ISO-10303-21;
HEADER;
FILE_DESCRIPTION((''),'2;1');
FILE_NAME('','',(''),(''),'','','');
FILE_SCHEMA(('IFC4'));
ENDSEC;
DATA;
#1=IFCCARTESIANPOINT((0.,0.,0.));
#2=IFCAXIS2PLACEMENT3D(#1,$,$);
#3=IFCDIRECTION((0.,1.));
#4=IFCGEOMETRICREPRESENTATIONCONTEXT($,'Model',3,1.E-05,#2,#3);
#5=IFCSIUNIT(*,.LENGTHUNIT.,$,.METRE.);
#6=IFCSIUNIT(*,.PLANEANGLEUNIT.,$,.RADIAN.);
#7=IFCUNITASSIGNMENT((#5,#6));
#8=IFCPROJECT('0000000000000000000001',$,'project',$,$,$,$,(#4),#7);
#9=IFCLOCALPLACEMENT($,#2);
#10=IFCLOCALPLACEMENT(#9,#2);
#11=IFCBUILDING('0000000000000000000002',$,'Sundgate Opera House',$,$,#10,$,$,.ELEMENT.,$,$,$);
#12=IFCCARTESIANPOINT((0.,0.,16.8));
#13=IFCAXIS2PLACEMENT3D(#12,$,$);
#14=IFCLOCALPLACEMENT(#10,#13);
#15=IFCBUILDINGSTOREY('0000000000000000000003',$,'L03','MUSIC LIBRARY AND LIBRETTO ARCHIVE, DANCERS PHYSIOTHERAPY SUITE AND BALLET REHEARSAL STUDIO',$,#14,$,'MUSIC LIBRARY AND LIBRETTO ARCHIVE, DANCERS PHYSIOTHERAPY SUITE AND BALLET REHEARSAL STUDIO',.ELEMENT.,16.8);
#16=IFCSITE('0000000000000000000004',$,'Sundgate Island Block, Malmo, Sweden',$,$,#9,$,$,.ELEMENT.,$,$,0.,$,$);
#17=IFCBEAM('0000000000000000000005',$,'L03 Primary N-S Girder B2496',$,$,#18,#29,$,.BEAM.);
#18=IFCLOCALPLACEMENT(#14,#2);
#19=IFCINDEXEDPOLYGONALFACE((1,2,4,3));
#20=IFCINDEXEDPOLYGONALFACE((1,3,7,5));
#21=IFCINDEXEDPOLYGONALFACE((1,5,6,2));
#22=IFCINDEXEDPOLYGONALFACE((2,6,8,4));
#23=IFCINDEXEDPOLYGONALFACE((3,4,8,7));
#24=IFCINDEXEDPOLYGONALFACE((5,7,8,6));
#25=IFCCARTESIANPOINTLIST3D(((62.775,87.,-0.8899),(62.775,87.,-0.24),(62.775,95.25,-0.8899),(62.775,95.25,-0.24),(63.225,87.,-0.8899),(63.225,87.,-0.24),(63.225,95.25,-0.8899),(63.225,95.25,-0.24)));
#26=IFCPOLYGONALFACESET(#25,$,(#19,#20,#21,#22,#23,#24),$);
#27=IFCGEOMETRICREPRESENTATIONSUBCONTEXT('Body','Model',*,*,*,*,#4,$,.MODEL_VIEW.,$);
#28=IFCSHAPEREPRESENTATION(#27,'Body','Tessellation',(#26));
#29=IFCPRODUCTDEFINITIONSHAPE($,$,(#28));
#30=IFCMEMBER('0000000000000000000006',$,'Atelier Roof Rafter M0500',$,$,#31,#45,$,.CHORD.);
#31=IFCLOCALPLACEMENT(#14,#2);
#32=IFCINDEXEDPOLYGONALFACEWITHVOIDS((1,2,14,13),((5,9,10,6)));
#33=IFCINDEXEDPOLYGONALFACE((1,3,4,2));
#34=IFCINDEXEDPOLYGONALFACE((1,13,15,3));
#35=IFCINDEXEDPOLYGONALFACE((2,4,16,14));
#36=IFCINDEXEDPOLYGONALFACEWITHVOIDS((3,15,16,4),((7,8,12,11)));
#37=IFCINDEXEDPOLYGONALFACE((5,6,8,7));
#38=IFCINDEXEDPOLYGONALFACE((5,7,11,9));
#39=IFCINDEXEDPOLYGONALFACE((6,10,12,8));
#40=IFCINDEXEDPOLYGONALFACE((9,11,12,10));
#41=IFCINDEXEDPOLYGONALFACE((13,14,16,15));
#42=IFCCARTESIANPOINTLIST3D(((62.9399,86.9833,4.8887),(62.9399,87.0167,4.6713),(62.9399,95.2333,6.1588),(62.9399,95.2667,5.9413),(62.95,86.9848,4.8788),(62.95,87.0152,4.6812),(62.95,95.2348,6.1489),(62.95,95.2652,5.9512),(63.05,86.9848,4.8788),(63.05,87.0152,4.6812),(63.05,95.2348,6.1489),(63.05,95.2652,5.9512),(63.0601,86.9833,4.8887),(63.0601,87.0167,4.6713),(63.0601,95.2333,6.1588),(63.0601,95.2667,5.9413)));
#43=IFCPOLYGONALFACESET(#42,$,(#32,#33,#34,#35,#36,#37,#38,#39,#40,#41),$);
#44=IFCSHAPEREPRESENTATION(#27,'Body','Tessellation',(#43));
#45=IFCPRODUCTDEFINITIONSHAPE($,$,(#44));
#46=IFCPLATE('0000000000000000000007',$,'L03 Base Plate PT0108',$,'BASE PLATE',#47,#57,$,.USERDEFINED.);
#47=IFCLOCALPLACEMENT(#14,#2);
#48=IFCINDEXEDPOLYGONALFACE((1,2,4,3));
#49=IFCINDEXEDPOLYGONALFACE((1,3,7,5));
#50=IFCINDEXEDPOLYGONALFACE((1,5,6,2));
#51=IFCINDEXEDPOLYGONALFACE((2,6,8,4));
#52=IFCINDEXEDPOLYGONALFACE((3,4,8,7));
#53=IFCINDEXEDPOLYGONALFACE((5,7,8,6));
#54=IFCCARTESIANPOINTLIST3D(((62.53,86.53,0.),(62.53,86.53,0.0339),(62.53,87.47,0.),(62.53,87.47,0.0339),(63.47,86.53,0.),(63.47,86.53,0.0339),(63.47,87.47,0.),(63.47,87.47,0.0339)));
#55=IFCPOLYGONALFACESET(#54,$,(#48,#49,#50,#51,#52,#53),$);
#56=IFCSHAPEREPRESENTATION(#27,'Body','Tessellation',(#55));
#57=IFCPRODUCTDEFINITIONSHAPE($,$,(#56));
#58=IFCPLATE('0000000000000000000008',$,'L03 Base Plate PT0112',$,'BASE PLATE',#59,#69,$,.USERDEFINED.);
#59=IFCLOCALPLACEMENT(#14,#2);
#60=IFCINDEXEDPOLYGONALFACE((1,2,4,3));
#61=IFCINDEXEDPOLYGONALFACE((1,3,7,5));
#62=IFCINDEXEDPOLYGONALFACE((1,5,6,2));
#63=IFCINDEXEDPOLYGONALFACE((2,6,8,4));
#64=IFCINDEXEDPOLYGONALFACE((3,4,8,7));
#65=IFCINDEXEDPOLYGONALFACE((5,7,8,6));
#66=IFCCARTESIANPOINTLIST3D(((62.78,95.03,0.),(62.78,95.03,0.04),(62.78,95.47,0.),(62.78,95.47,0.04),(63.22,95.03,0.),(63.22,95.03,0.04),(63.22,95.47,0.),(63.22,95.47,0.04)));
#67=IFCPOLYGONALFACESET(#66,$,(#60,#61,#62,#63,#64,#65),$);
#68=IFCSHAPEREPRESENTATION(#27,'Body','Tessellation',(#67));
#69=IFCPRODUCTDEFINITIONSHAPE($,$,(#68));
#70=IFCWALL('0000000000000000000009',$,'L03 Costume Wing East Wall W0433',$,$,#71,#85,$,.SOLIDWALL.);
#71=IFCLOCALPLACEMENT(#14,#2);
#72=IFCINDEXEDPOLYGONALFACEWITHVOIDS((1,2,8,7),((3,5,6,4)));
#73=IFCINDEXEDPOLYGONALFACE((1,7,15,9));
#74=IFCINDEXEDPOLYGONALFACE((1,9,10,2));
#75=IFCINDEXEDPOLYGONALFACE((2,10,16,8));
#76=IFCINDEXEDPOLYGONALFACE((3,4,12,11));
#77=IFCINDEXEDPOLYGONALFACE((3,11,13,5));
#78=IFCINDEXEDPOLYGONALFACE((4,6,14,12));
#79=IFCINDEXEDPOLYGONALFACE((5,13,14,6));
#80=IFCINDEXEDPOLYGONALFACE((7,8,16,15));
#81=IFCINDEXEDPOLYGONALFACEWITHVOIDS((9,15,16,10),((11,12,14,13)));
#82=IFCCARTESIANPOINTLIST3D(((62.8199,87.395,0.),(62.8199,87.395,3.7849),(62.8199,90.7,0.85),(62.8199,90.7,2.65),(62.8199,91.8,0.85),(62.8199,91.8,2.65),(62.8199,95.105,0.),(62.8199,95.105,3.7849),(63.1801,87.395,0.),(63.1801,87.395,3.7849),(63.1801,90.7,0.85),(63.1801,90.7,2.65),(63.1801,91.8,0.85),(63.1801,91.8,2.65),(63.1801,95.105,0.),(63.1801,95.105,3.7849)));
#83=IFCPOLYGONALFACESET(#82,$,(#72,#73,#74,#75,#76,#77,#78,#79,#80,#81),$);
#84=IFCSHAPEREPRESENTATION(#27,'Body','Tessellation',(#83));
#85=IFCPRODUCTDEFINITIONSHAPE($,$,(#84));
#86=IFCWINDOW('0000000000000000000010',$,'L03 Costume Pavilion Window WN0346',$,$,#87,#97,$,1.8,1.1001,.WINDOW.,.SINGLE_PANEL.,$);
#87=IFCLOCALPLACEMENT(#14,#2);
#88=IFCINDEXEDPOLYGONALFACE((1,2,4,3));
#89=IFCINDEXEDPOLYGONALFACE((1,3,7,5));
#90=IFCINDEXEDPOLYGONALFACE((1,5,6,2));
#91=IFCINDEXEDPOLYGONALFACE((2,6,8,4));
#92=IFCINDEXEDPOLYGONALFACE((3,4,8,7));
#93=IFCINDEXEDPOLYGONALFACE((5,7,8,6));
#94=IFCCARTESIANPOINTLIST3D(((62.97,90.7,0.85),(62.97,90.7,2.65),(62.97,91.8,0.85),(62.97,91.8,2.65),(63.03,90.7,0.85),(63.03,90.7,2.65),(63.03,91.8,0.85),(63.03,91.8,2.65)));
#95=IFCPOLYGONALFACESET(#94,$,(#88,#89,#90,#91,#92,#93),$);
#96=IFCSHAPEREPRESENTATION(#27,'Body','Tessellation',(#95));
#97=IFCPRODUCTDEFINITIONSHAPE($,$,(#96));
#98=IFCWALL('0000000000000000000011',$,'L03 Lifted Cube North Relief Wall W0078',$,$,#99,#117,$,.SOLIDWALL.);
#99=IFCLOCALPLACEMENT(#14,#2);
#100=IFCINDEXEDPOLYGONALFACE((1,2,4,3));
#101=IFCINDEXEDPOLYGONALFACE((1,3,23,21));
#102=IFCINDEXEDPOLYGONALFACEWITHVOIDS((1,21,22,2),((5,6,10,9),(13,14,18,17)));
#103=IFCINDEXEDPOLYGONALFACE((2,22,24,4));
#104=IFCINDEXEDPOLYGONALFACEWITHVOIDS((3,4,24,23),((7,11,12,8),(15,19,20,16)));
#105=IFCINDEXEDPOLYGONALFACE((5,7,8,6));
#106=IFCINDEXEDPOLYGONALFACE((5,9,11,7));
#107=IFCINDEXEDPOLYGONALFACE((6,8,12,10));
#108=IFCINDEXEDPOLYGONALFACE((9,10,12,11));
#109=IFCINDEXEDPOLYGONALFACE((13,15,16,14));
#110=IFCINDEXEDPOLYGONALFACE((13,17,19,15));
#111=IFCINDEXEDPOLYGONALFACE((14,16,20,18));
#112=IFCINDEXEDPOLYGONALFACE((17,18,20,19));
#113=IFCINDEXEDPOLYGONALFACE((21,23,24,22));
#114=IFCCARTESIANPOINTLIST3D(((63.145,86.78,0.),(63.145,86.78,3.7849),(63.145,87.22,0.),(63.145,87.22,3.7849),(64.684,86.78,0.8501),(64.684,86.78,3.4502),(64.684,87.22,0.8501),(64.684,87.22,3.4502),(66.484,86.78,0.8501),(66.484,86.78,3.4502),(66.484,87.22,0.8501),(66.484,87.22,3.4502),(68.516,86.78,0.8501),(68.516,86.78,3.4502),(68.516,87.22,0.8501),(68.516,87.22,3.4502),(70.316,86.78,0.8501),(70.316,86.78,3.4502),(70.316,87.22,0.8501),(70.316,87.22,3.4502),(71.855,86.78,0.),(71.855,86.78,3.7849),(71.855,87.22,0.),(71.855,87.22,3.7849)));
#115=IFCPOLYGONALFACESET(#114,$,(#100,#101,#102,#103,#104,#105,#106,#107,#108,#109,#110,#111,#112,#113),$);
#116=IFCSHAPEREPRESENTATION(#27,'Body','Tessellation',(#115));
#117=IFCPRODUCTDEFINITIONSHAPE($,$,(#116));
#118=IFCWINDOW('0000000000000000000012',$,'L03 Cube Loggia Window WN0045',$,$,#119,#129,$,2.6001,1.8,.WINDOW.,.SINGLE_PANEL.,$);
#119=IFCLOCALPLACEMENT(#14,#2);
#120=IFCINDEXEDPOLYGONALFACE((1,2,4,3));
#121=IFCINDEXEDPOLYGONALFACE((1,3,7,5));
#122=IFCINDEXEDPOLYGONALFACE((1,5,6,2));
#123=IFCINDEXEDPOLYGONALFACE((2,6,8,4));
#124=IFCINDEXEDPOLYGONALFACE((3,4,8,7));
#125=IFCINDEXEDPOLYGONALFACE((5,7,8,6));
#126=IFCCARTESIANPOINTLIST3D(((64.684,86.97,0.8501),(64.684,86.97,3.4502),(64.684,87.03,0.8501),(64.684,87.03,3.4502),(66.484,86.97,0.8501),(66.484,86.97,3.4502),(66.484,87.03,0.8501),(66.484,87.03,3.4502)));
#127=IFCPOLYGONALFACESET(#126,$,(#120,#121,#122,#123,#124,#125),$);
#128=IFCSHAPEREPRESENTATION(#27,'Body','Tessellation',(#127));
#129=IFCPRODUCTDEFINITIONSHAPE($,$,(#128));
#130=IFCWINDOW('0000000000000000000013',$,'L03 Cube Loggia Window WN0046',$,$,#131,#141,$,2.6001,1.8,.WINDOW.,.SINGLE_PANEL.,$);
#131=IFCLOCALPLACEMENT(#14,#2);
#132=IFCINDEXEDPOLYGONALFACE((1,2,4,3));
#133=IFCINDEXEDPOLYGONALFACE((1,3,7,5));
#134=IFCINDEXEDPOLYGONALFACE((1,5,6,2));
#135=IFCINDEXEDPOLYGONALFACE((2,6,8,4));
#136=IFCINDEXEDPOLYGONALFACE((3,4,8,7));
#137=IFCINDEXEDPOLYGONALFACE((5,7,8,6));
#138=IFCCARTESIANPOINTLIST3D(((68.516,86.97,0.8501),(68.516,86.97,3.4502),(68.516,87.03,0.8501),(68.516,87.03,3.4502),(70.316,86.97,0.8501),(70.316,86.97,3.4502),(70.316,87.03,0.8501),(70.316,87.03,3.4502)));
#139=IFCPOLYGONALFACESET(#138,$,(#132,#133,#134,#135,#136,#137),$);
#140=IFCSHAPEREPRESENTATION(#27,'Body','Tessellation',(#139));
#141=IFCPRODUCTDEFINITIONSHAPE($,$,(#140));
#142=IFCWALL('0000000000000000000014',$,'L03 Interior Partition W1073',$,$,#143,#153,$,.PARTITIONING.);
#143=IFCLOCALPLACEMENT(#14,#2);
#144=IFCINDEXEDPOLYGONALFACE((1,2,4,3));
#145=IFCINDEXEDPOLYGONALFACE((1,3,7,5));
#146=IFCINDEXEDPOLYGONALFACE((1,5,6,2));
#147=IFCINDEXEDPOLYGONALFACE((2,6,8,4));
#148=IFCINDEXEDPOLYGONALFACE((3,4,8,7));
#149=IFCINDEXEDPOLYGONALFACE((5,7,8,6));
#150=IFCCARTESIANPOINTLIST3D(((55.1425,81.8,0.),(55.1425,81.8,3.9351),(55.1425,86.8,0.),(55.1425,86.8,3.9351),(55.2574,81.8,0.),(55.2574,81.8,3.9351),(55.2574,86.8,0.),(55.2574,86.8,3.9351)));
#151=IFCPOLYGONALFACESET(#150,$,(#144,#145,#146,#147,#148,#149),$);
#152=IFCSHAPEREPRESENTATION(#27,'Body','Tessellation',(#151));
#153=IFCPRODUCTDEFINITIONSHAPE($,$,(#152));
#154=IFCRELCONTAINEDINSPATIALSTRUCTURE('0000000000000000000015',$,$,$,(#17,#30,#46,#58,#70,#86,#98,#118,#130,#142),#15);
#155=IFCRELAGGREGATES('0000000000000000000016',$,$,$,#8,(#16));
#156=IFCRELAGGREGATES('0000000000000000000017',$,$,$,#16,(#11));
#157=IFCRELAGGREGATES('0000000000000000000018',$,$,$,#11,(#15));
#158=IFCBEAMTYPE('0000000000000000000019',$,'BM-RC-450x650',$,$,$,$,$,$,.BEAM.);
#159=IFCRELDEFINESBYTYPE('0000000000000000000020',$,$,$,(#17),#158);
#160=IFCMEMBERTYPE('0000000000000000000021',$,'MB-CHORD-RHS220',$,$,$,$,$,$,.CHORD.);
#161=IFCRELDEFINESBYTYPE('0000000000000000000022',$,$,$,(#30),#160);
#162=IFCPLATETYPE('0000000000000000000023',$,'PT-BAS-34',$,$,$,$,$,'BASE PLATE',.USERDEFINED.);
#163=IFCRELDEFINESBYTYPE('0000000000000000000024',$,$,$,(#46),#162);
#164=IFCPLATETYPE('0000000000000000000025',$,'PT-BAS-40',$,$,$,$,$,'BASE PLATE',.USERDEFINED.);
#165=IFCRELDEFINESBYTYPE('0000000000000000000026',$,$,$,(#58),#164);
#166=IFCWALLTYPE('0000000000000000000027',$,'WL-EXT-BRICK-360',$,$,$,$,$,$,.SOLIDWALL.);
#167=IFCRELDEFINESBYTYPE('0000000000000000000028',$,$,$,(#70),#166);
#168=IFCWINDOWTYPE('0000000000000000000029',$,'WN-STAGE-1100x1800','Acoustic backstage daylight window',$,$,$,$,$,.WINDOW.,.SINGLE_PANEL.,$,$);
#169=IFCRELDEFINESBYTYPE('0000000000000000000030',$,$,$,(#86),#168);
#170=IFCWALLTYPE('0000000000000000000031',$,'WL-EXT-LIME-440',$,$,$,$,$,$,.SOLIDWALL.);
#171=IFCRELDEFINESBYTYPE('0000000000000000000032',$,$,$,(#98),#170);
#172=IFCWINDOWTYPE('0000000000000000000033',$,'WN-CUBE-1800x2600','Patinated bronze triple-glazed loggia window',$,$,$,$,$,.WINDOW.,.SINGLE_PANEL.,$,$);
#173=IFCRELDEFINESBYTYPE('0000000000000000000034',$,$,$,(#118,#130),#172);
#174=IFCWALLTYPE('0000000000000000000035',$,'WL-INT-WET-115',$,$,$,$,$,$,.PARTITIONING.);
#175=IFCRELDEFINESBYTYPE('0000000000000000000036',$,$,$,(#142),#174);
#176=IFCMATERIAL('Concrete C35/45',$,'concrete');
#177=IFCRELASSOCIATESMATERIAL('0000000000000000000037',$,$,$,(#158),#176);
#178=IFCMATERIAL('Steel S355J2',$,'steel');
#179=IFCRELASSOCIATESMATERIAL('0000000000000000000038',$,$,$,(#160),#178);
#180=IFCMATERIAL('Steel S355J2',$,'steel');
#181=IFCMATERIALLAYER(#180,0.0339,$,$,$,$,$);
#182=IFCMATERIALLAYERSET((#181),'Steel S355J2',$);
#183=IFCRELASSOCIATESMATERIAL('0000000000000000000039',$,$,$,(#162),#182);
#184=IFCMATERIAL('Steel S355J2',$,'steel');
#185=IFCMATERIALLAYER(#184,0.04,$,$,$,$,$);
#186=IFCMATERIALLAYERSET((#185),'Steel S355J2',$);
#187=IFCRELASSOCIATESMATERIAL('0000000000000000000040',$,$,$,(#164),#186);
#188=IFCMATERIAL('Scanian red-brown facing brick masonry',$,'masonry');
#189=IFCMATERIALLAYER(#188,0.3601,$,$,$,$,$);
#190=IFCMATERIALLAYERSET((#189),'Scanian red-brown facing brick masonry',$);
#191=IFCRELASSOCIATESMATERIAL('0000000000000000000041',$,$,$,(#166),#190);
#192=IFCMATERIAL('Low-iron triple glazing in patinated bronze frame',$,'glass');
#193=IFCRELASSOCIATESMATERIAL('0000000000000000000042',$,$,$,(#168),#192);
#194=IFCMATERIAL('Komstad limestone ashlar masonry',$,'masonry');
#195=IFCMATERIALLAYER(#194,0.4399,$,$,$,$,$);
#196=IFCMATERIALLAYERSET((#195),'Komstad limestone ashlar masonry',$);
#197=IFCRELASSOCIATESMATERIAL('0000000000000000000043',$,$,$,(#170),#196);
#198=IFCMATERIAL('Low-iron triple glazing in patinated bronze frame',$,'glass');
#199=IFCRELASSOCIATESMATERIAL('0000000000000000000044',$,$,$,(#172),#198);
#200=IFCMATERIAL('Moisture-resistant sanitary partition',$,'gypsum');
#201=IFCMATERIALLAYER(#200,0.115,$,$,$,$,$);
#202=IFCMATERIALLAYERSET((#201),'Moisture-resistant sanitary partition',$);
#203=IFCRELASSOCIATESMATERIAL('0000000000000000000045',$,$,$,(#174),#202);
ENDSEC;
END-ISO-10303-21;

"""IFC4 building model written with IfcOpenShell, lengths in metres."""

from ifc_helpers import new_model, si_unit, direction, frame, frame_2d, origin, origin_2d, place, context, subcontext, project, spatial, rectangle, hollow_rectangle, extrude, material, layer, layer_set, material_profile, profile_set, type_object, element, fill, save


model = new_model("IFC4")

# Units and contexts
model_context = context("Model", 3, precision=1e-05, world=origin(), true_north=direction((0.0, 1.0)))
body_context = subcontext(model_context, "Body", "Model", "MODEL_VIEW")
ifc_project = project(units=[si_unit("LENGTHUNIT", "METRE"), si_unit("PLANEANGLEUNIT", "RADIAN")], contexts=[model_context])

# Site, building, storey
site_placement = place(None, origin())
site = spatial("IfcSite", under=ifc_project, at=site_placement, Name="Sundgate Island Block, Malmo, Sweden", CompositionType="ELEMENT", RefElevation=0.0)
building_placement = place(site_placement, origin())
building = spatial("IfcBuilding", under=site, at=building_placement, Name="Sundgate Opera House", CompositionType="ELEMENT")
storey_placement = place(building_placement, frame((0.0, 0.0, 16.8)))
storey = spatial("IfcBuildingStorey", under=building, at=storey_placement, Name="L03", Description="MUSIC LIBRARY AND LIBRETTO ARCHIVE, DANCERS PHYSIOTHERAPY SUITE AND BALLET REHEARSAL STUDIO", LongName="MUSIC LIBRARY AND LIBRETTO ARCHIVE, DANCERS PHYSIOTHERAPY SUITE AND BALLET REHEARSAL STUDIO", CompositionType="ELEMENT", Elevation=16.8)

# Beam
ifc_material_1 = material(Name="Concrete C35/45", Category="concrete")
ifc_material_profile_1 = material_profile(ifc_material_1, rectangle(XDim=0.45, YDim=0.6499, at=origin_2d()), Name="RC 450x650")
ifc_profile_set_1 = profile_set([ifc_material_profile_1], Name="Concrete C35/45")
beam_type_1 = type_object("IfcBeamType", Name="BM-RC-450x650", PredefinedType="BEAM", material=ifc_profile_set_1)
beam_1_placement = place(storey_placement, frame((63.0, 87.0, -0.5649), z_axis=(0.0, 1.0, 0.0), x_axis=(-1.0, 0.0, 0.0)))
element("IfcBeam", 1, at=beam_1_placement, inside=storey, type_object=beam_type_1, Name="L03 Primary N-S Girder B2496", PredefinedType="BEAM", context=body_context, shape_type="SweptSolid", body=[
    extrude(rectangle(XDim=0.45, YDim=0.6499, at=origin_2d()), origin(), (0.0, 0.0, 1.0), 8.25),
])

# Member
ifc_material_2 = material(Name="Steel S355J2", Category="steel")
ifc_material_profile_2 = material_profile(ifc_material_2, hollow_rectangle(XDim=0.1201, YDim=0.22, WallThickness=0.01, at=origin_2d()), Name="RHS 220x120x10.0")
ifc_profile_set_2 = profile_set([ifc_material_profile_2], Name="Steel S355J2")
member_type = type_object("IfcMemberType", Name="MB-CHORD-RHS220", PredefinedType="CHORD", material=ifc_profile_set_2)
member_placement = place(storey_placement, frame((63.0, 87.0, 4.78), z_axis=(0.0, 0.988357, 0.152149), x_axis=(-1.0, 0.0, 0.0)))
element("IfcMember", 2, at=member_placement, inside=storey, type_object=member_type, Name="Atelier Roof Rafter M0500", PredefinedType="CHORD", context=body_context, shape_type="SweptSolid", body=[
    extrude(hollow_rectangle(XDim=0.1201, YDim=0.22, WallThickness=0.01, at=origin_2d()), origin(), (0.0, 0.0, 1.0), 8.3472),
])

# Plates
ifc_material_3 = material(Name="Steel S355J2", Category="steel")
ifc_layer_1 = layer(ifc_material_3, 0.0339)
ifc_layer_set_1 = layer_set([ifc_layer_1], Name="Steel S355J2")
plate_type_1 = type_object("IfcPlateType", Name="PT-BAS-34", ElementType="BASE PLATE", PredefinedType="USERDEFINED", material=ifc_layer_set_1)
plate_1_placement = place(storey_placement, frame((63.0, 87.0, 0.0), z_axis=(0.0, 0.0, 1.0), x_axis=(1.0, 0.0, 0.0)))
element("IfcPlate", 3, at=plate_1_placement, inside=storey, type_object=plate_type_1, Name="L03 Base Plate PT0108", ObjectType="BASE PLATE", PredefinedType="USERDEFINED", context=body_context, shape_type="SweptSolid", body=[
    extrude(rectangle(XDim=0.9399, YDim=0.9399, at=origin_2d()), origin(), (0.0, 0.0, 1.0), 0.0339),
])
ifc_material_4 = material(Name="Steel S355J2", Category="steel")
ifc_layer_2 = layer(ifc_material_4, 0.04)
ifc_layer_set_2 = layer_set([ifc_layer_2], Name="Steel S355J2")
plate_type_2 = type_object("IfcPlateType", Name="PT-BAS-40", ElementType="BASE PLATE", PredefinedType="USERDEFINED", material=ifc_layer_set_2)
plate_2_placement = place(storey_placement, frame((63.0, 95.25, 0.0), z_axis=(0.0, 0.0, 1.0), x_axis=(1.0, 0.0, 0.0)))
element("IfcPlate", 4, at=plate_2_placement, inside=storey, type_object=plate_type_2, Name="L03 Base Plate PT0112", ObjectType="BASE PLATE", PredefinedType="USERDEFINED", context=body_context, shape_type="SweptSolid", body=[
    extrude(rectangle(XDim=0.4399, YDim=0.4399, at=origin_2d()), origin(), (0.0, 0.0, 1.0), 0.04),
])

# Wall, opening, window
ifc_material_5 = material(Name="Scanian red-brown facing brick masonry", Category="masonry")
ifc_layer_3 = layer(ifc_material_5, 0.3601)
ifc_layer_set_3 = layer_set([ifc_layer_3], Name="Scanian red-brown facing brick masonry")
wall_type_1 = type_object("IfcWallType", Name="WL-EXT-BRICK-360", PredefinedType="SOLIDWALL", material=ifc_layer_set_3)
wall_1_placement = place(storey_placement, frame((63.0, 87.395, 0.0), z_axis=(0.0, 0.0, 1.0), x_axis=(0.0, 1.0, 0.0)))
wall_1 = element("IfcWall", 5, at=wall_1_placement, inside=storey, type_object=wall_type_1, Name="L03 Costume Wing East Wall W0433", PredefinedType="SOLIDWALL", context=body_context, shape_type="SweptSolid", body=[
    extrude(rectangle(XDim=7.71, YDim=0.3601, at=frame_2d((3.855, 0.0))), origin(), (0.0, 0.0, 1.0), 3.7849),
])
opening_1_placement = place(wall_1_placement, frame((3.3049, 0.0, 0.8501)))
opening_1 = element("IfcOpeningElement", 6, at=opening_1_placement, cuts=wall_1, PredefinedType="OPENING", context=body_context, shape_type="SweptSolid", body=[
    extrude(rectangle(XDim=1.1001, YDim=1.8, at=frame_2d((0.55, 0.8999))), frame((0.0, 0.1899, 0.0), z_axis=(0.0, -1.0, 0.0), x_axis=(1.0, 0.0, 0.0)), (0.0, 0.0, 1.0), 0.3801),
])
ifc_material_6 = material(Name="Low-iron triple glazing in patinated bronze frame", Category="glass")
window_type_1 = type_object("IfcWindowType", Name="WN-STAGE-1100x1800", Description="Acoustic backstage daylight window", PartitioningType="SINGLE_PANEL", PredefinedType="WINDOW", material=ifc_material_6)
window_1_placement = place(opening_1_placement, origin())
window_1 = element("IfcWindow", 7, at=window_1_placement, inside=storey, type_object=window_type_1, Name="L03 Costume Pavilion Window WN0346", OverallHeight=1.8, OverallWidth=1.1001, PartitioningType="SINGLE_PANEL", PredefinedType="WINDOW", context=body_context, shape_type="SweptSolid", body=[
    extrude(rectangle(XDim=1.1001, YDim=1.8, at=frame_2d((0.55, 0.8999))), frame((0.0, 0.03, 0.0), z_axis=(0.0, -1.0, 0.0), x_axis=(1.0, 0.0, 0.0)), (0.0, 0.0, 1.0), 0.0601),
])
fill(opening_1, window_1)

# Wall, openings, windows
ifc_material_7 = material(Name="Komstad limestone ashlar masonry", Category="masonry")
ifc_layer_4 = layer(ifc_material_7, 0.4399)
ifc_layer_set_4 = layer_set([ifc_layer_4], Name="Komstad limestone ashlar masonry")
wall_type_2 = type_object("IfcWallType", Name="WL-EXT-LIME-440", PredefinedType="SOLIDWALL", material=ifc_layer_set_4)
wall_2_placement = place(storey_placement, frame((63.145, 87.0, 0.0), z_axis=(0.0, 0.0, 1.0), x_axis=(1.0, 0.0, 0.0)))
wall_2 = element("IfcWall", 8, at=wall_2_placement, inside=storey, type_object=wall_type_2, Name="L03 Lifted Cube North Relief Wall W0078", PredefinedType="SOLIDWALL", context=body_context, shape_type="SweptSolid", body=[
    extrude(rectangle(XDim=8.71, YDim=0.4399, at=frame_2d((4.355, 0.0))), origin(), (0.0, 0.0, 1.0), 3.7849),
])
opening_2_placement = place(wall_2_placement, frame((1.5391, 0.0, 0.8501)))
opening_2 = element("IfcOpeningElement", 9, at=opening_2_placement, cuts=wall_2, PredefinedType="OPENING", context=body_context, shape_type="SweptSolid", body=[
    extrude(rectangle(XDim=1.8, YDim=2.6001, at=frame_2d((0.8999, 1.3))), frame((0.0, 0.23, 0.0), z_axis=(0.0, -1.0, 0.0), x_axis=(1.0, 0.0, 0.0)), (0.0, 0.0, 1.0), 0.46),
])
opening_3_placement = place(wall_2_placement, frame((5.3711, 0.0, 0.8501)))
opening_3 = element("IfcOpeningElement", 10, at=opening_3_placement, cuts=wall_2, PredefinedType="OPENING", context=body_context, shape_type="SweptSolid", body=[
    extrude(rectangle(XDim=1.8, YDim=2.6001, at=frame_2d((0.8999, 1.3))), frame((0.0, 0.23, 0.0), z_axis=(0.0, -1.0, 0.0), x_axis=(1.0, 0.0, 0.0)), (0.0, 0.0, 1.0), 0.46),
])
ifc_material_8 = material(Name="Low-iron triple glazing in patinated bronze frame", Category="glass")
window_type_2 = type_object("IfcWindowType", Name="WN-CUBE-1800x2600", Description="Patinated bronze triple-glazed loggia window", PartitioningType="SINGLE_PANEL", PredefinedType="WINDOW", material=ifc_material_8)
window_2_placement = place(opening_2_placement, origin())
window_2 = element("IfcWindow", 11, at=window_2_placement, inside=storey, type_object=window_type_2, Name="L03 Cube Loggia Window WN0045", OverallHeight=2.6001, OverallWidth=1.8, PartitioningType="SINGLE_PANEL", PredefinedType="WINDOW", context=body_context, shape_type="SweptSolid", body=[
    extrude(rectangle(XDim=1.8, YDim=2.6001, at=frame_2d((0.8999, 1.3))), frame((0.0, 0.03, 0.0), z_axis=(0.0, -1.0, 0.0), x_axis=(1.0, 0.0, 0.0)), (0.0, 0.0, 1.0), 0.0601),
])
fill(opening_2, window_2)
window_3_placement = place(opening_3_placement, origin())
window_3 = element("IfcWindow", 12, at=window_3_placement, inside=storey, type_object=window_type_2, Name="L03 Cube Loggia Window WN0046", OverallHeight=2.6001, OverallWidth=1.8, PartitioningType="SINGLE_PANEL", PredefinedType="WINDOW", context=body_context, shape_type="SweptSolid", body=[
    extrude(rectangle(XDim=1.8, YDim=2.6001, at=frame_2d((0.8999, 1.3))), frame((0.0, 0.03, 0.0), z_axis=(0.0, -1.0, 0.0), x_axis=(1.0, 0.0, 0.0)), (0.0, 0.0, 1.0), 0.0601),
])
fill(opening_3, window_3)

# Wall
ifc_material_9 = material(Name="Moisture-resistant sanitary partition", Category="gypsum")
ifc_layer_5 = layer(ifc_material_9, 0.115)
ifc_layer_set_5 = layer_set([ifc_layer_5], Name="Moisture-resistant sanitary partition")
wall_type_3 = type_object("IfcWallType", Name="WL-INT-WET-115", PredefinedType="PARTITIONING", material=ifc_layer_set_5)
wall_3_placement = place(storey_placement, frame((55.2, 81.8, 0.0), z_axis=(0.0, 0.0, 1.0), x_axis=(0.0, 1.0, 0.0)))
element("IfcWall", 13, at=wall_3_placement, inside=storey, type_object=wall_type_3, Name="L03 Interior Partition W1073", PredefinedType="PARTITIONING", context=body_context, shape_type="SweptSolid", body=[
    extrude(rectangle(XDim=5.0, YDim=0.115, at=frame_2d((2.5, 0.0))), origin(), (0.0, 0.0, 1.0), 3.9351),
])

save(model, "model.ifc")
